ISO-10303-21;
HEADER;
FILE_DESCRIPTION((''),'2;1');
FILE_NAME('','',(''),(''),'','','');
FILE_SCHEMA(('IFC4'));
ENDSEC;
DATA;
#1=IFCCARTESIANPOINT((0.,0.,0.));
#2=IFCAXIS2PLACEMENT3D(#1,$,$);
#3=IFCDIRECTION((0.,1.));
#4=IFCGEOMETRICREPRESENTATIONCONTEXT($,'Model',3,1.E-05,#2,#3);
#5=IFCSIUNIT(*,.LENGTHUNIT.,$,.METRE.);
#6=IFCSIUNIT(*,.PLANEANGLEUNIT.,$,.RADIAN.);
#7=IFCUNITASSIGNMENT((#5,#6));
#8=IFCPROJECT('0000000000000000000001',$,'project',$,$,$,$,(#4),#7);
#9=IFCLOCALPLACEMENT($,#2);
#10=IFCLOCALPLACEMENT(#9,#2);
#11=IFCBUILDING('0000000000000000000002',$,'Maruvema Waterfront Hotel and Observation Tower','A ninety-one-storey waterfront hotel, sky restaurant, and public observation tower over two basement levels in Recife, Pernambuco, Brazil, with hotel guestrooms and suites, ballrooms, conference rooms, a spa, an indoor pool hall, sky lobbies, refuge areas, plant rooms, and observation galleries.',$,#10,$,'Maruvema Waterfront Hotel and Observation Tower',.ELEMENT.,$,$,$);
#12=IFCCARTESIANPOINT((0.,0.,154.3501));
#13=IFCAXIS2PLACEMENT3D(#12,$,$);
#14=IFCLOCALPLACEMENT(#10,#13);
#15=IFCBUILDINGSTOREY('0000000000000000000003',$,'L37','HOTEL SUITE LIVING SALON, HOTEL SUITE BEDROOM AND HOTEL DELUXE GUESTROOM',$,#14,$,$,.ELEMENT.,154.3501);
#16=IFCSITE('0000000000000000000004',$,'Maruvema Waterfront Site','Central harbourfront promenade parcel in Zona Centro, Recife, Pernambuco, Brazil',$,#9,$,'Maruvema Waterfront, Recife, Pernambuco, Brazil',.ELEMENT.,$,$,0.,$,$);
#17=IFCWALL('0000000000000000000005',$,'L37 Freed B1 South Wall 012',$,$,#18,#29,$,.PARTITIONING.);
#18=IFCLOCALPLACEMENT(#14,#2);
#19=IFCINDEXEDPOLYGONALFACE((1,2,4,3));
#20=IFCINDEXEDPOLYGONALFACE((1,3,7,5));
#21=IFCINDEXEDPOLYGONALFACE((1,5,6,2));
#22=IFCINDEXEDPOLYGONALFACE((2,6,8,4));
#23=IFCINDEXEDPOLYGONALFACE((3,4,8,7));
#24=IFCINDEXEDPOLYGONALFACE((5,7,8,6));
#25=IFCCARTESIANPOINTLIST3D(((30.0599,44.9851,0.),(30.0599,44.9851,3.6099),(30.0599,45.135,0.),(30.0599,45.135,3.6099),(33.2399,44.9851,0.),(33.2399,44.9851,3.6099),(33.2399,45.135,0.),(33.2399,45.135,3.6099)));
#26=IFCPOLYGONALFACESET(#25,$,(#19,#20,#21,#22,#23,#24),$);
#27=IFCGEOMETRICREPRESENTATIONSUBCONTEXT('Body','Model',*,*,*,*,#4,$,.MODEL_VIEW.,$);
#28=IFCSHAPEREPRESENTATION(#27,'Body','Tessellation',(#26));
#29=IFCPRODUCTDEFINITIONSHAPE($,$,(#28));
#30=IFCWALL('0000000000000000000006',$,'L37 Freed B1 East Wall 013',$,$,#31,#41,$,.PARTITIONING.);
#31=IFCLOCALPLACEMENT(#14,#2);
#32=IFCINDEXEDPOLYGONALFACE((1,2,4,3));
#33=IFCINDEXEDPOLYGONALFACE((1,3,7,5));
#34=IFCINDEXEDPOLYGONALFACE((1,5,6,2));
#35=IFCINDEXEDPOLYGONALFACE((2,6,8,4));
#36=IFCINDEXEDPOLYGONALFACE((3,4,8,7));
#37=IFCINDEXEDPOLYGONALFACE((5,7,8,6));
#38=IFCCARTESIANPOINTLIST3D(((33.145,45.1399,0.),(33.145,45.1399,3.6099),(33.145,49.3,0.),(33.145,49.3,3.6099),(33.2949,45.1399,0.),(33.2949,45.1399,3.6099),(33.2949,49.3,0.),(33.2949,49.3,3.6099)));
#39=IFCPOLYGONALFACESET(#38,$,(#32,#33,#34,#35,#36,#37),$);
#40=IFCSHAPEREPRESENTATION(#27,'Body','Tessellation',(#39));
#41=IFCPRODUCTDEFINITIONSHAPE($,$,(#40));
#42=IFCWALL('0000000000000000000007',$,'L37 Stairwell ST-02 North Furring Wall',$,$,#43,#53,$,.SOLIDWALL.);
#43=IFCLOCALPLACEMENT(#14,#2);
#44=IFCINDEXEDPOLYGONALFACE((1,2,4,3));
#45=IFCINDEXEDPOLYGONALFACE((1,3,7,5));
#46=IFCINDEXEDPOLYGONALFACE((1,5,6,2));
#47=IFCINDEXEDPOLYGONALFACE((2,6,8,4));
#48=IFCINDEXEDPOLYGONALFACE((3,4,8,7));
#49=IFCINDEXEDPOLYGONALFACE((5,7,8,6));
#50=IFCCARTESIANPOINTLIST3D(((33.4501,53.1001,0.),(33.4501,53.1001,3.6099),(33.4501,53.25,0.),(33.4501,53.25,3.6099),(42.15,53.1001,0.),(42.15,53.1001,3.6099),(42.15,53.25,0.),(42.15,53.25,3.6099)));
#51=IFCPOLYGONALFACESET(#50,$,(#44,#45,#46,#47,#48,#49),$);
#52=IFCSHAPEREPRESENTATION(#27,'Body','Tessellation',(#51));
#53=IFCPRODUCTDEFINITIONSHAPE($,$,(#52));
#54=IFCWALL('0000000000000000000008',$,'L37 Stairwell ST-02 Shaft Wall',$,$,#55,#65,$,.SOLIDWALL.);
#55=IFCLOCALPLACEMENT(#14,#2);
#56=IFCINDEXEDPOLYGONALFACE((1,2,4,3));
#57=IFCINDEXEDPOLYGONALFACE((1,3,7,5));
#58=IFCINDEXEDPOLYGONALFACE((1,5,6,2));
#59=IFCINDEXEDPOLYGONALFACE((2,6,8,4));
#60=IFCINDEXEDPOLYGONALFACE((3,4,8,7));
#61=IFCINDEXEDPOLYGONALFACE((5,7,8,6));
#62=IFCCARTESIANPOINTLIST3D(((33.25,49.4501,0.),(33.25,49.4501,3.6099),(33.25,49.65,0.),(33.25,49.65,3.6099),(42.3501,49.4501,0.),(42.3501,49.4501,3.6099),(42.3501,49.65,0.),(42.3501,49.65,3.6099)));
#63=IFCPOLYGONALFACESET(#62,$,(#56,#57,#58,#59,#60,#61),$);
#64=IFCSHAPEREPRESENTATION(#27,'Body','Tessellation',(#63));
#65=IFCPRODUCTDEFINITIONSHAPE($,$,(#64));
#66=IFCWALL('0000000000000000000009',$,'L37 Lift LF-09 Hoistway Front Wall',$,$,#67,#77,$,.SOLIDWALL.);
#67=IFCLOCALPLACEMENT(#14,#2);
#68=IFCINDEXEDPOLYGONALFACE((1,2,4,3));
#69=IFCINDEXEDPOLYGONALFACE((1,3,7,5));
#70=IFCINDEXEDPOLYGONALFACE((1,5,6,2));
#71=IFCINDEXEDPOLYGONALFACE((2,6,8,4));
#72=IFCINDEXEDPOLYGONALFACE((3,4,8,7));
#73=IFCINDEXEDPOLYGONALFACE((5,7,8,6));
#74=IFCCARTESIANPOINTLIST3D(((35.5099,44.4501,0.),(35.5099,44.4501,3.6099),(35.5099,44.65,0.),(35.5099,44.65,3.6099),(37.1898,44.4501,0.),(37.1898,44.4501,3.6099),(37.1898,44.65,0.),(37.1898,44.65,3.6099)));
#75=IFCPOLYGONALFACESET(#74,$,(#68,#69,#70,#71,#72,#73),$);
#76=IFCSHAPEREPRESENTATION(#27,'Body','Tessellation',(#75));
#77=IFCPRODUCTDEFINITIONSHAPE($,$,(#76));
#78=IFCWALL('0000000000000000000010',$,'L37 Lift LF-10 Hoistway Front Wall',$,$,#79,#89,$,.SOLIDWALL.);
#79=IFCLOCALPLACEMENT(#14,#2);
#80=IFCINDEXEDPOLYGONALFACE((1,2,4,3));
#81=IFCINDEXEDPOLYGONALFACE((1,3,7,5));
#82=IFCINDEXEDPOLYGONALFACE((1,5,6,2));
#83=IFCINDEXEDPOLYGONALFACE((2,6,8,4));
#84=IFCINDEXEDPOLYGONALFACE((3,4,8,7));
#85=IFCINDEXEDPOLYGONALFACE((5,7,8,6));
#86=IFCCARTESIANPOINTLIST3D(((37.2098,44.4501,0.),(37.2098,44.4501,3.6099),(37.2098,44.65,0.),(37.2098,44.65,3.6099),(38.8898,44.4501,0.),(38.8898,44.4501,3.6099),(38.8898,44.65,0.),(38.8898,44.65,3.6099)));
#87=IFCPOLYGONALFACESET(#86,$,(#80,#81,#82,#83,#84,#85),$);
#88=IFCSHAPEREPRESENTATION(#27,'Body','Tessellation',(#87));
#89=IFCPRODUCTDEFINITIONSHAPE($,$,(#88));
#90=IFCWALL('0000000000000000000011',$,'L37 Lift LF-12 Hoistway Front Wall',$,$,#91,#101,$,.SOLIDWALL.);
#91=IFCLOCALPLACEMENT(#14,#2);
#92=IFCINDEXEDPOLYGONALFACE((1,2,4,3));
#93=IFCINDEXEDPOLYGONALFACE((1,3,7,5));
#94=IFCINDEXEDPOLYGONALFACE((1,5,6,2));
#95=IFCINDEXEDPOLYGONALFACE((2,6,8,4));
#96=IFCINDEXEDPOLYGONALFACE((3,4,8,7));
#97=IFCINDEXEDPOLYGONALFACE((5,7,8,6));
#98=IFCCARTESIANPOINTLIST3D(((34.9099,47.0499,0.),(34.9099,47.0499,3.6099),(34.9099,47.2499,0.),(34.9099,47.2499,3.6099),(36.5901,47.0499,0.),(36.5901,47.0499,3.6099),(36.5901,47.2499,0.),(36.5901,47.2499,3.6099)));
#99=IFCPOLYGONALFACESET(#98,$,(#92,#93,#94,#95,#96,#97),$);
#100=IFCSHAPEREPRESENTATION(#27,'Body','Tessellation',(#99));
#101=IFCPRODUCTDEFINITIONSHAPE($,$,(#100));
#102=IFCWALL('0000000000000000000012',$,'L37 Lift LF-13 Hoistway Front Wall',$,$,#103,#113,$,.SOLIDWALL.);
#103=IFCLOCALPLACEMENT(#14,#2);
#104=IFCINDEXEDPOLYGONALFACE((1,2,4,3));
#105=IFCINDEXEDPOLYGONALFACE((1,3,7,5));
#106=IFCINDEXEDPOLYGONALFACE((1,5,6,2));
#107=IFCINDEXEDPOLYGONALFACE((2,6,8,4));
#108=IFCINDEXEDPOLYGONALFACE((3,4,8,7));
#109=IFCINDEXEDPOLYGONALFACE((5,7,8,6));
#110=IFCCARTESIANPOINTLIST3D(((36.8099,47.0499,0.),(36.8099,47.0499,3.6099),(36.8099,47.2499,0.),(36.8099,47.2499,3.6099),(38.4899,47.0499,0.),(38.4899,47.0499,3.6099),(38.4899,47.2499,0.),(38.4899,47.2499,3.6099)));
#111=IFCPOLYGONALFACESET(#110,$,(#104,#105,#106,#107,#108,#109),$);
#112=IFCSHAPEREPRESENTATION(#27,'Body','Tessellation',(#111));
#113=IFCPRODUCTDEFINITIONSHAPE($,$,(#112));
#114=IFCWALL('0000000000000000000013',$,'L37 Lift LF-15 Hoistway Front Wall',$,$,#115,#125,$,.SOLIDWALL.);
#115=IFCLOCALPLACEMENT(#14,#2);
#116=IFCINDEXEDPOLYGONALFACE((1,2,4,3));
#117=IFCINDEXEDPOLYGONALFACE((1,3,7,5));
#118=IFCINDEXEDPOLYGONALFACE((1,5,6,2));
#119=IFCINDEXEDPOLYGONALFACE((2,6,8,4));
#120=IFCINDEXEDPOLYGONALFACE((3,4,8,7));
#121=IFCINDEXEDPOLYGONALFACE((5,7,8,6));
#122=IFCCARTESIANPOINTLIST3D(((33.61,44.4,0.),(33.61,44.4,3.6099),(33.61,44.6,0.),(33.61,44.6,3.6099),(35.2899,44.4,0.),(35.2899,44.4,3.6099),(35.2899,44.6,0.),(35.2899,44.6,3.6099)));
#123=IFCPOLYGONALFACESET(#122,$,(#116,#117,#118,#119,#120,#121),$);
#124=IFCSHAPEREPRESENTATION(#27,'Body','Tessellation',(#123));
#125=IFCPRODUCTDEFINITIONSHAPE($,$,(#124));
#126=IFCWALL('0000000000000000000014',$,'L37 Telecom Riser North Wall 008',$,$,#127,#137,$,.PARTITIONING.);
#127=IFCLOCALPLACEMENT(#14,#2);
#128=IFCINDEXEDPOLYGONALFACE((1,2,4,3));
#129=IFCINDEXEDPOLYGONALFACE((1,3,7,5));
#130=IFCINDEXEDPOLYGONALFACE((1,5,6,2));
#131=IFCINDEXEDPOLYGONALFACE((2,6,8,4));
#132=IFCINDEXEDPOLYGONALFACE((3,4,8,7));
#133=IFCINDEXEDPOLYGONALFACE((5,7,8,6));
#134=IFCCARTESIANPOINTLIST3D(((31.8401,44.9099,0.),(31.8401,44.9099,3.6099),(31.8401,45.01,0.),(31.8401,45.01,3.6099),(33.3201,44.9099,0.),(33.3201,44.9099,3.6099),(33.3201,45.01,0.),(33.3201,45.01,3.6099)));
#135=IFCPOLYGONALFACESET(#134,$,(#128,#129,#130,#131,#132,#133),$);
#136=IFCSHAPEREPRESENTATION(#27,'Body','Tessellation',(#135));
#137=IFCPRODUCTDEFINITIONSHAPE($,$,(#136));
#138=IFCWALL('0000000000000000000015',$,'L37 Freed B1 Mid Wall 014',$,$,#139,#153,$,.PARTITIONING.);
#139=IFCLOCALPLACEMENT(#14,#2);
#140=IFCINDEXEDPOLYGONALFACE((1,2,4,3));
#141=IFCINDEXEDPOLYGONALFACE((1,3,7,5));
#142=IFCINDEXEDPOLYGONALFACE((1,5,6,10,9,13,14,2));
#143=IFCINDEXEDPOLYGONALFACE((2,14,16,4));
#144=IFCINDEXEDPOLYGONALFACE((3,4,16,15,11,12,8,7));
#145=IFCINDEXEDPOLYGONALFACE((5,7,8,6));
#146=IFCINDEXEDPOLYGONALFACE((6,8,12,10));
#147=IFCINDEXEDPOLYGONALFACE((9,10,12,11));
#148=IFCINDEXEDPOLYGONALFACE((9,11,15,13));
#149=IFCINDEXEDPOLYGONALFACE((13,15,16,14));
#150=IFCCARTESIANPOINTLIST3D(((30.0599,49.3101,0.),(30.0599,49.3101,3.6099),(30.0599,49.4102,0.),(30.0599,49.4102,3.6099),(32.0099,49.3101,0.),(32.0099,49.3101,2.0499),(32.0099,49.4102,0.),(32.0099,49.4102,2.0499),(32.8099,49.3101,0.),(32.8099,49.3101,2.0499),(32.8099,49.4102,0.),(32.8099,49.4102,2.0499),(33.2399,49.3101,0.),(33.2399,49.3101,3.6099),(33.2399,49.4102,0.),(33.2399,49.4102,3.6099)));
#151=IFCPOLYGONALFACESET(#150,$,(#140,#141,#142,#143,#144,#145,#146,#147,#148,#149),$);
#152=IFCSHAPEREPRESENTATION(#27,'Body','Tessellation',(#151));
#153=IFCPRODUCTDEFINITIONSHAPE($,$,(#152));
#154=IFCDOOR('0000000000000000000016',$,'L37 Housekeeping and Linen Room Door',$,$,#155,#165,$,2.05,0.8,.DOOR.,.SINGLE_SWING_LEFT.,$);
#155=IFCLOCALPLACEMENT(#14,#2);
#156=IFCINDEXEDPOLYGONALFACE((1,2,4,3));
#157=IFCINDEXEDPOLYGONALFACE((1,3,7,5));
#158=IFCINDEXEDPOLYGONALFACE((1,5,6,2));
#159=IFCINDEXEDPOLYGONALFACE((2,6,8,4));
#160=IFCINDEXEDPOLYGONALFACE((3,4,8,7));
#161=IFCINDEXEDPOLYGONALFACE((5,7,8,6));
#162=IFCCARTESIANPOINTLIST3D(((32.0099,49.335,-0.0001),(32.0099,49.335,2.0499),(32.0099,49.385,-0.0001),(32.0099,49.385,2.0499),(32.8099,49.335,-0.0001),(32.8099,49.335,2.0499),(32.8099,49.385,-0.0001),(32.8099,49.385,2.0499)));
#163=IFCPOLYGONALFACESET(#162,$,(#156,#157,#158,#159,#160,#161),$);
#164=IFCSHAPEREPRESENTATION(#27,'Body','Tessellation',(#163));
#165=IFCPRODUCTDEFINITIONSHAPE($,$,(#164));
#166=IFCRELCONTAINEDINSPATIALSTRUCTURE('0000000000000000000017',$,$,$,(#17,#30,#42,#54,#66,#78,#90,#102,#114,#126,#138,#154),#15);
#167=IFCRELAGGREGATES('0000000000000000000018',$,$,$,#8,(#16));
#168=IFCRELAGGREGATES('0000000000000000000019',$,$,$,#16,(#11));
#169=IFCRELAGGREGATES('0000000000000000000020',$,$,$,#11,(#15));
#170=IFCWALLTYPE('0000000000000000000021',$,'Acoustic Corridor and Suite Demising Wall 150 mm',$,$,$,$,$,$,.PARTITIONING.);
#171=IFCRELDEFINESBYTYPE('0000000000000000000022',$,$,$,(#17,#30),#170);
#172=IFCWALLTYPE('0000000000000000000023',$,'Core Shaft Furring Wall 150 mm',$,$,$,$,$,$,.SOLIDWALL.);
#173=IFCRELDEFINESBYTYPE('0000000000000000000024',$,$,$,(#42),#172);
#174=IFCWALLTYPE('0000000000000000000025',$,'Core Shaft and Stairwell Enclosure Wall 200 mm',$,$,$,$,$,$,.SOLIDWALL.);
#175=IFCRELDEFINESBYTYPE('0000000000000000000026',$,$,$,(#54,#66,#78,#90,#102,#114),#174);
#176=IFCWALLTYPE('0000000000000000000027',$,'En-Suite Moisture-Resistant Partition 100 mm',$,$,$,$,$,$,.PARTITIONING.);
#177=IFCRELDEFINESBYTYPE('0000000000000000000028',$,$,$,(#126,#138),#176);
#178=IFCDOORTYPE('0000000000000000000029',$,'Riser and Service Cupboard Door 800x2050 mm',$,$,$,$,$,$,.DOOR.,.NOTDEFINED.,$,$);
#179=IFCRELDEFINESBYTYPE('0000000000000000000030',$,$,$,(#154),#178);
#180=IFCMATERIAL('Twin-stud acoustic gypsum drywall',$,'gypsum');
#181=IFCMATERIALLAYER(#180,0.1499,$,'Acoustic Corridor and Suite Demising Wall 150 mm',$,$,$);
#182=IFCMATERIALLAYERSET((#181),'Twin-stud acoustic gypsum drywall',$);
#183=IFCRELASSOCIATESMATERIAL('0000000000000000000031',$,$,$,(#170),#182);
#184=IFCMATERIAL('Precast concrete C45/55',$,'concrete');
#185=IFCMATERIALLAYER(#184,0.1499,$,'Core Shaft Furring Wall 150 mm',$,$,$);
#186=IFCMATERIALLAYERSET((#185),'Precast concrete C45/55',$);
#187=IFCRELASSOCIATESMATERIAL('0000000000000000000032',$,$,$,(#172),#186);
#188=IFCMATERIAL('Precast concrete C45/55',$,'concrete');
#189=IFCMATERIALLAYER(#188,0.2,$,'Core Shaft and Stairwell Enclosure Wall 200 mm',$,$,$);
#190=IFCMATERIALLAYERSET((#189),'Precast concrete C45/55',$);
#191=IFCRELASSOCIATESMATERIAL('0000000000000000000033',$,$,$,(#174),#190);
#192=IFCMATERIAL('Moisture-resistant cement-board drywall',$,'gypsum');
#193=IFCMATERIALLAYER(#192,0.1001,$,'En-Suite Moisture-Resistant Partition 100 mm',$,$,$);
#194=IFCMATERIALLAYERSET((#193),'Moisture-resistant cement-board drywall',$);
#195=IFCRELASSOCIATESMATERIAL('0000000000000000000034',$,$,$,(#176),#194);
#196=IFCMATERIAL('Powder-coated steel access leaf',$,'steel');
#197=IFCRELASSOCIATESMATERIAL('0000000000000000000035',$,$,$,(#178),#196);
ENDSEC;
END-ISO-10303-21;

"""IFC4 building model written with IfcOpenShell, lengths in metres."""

from ifc_helpers import new_model, si_unit, direction, frame, frame_2d, origin, place, context, subcontext, project, spatial, rectangle, extrude, material, layer, layer_set, type_object, element, fill, save


model = new_model("IFC4")

# Units and contexts
model_context = context("Model", 3, precision=1e-05, world=origin(), true_north=direction((0.0, 1.0)))
body_context = subcontext(model_context, "Body", "Model", "MODEL_VIEW")
ifc_project = project(units=[si_unit("LENGTHUNIT", "METRE"), si_unit("PLANEANGLEUNIT", "RADIAN")], contexts=[model_context])

# Site, building, storey
site_placement = place(None, origin())
site = spatial("IfcSite", under=ifc_project, at=site_placement, Name="Maruvema Waterfront Site", Description="Central harbourfront promenade parcel in Zona Centro, Recife, Pernambuco, Brazil", LongName="Maruvema Waterfront, Recife, Pernambuco, Brazil", CompositionType="ELEMENT", RefElevation=0.0)
building_placement = place(site_placement, origin())
building = spatial("IfcBuilding", under=site, at=building_placement, Name="Maruvema Waterfront Hotel and Observation Tower", Description="A ninety-one-storey waterfront hotel, sky restaurant, and public observation tower over two basement levels in Recife, Pernambuco, Brazil, with hotel guestrooms and suites, ballrooms, conference rooms, a spa, an indoor pool hall, sky lobbies, refuge areas, plant rooms, and observation galleries.", LongName="Maruvema Waterfront Hotel and Observation Tower", CompositionType="ELEMENT")
storey_placement = place(building_placement, frame((0.0, 0.0, 154.3501)))
storey = spatial("IfcBuildingStorey", under=building, at=storey_placement, Name="L37", Description="HOTEL SUITE LIVING SALON, HOTEL SUITE BEDROOM AND HOTEL DELUXE GUESTROOM", CompositionType="ELEMENT", Elevation=154.3501)

# Walls
ifc_material_1 = material(Name="Twin-stud acoustic gypsum drywall", Category="gypsum")
ifc_layer_1 = layer(ifc_material_1, 0.1499, Name="Acoustic Corridor and Suite Demising Wall 150 mm")
ifc_layer_set_1 = layer_set([ifc_layer_1], Name="Twin-stud acoustic gypsum drywall")
wall_type_1 = type_object("IfcWallType", Name="Acoustic Corridor and Suite Demising Wall 150 mm", PredefinedType="PARTITIONING", material=ifc_layer_set_1)
wall_1_placement = place(storey_placement, frame((30.0601, 45.0601, 0.0), z_axis=(0.0, 0.0, 1.0), x_axis=(1.0, 0.0, 0.0)))
element("IfcWall", 1, at=wall_1_placement, inside=storey, type_object=wall_type_1, Name="L37 Freed B1 South Wall 012", PredefinedType="PARTITIONING", context=body_context, shape_type="SweptSolid", body=[
    extrude(rectangle(XDim=3.1799, YDim=0.1499, at=frame_2d((1.5898, 0.0))), origin(), (0.0, 0.0, 1.0), 3.6099),
])
wall_2_placement = place(storey_placement, frame((33.22, 45.1399, 0.0), z_axis=(0.0, 0.0, 1.0), x_axis=(0.0, 1.0, 0.0)))
element("IfcWall", 2, at=wall_2_placement, inside=storey, type_object=wall_type_1, Name="L37 Freed B1 East Wall 013", PredefinedType="PARTITIONING", context=body_context, shape_type="SweptSolid", body=[
    extrude(rectangle(XDim=4.1602, YDim=0.1499, at=frame_2d((2.0801, 0.0))), origin(), (0.0, 0.0, 1.0), 3.6099),
])
ifc_material_2 = material(Name="Precast concrete C45/55", Category="concrete")
ifc_layer_2 = layer(ifc_material_2, 0.1499, Name="Core Shaft Furring Wall 150 mm")
ifc_layer_set_2 = layer_set([ifc_layer_2], Name="Precast concrete C45/55")
wall_type_2 = type_object("IfcWallType", Name="Core Shaft Furring Wall 150 mm", PredefinedType="SOLIDWALL", material=ifc_layer_set_2)
wall_3_placement = place(storey_placement, frame((33.45, 53.175, 0.0), z_axis=(0.0, 0.0, 1.0), x_axis=(1.0, 0.0, 0.0)))
element("IfcWall", 3, at=wall_3_placement, inside=storey, type_object=wall_type_2, Name="L37 Stairwell ST-02 North Furring Wall", PredefinedType="SOLIDWALL", context=body_context, shape_type="SweptSolid", body=[
    extrude(rectangle(XDim=8.7, YDim=0.1499, at=frame_2d((4.3501, 0.0))), origin(), (0.0, 0.0, 1.0), 3.6099),
])
ifc_material_3 = material(Name="Precast concrete C45/55", Category="concrete")
ifc_layer_3 = layer(ifc_material_3, 0.2, Name="Core Shaft and Stairwell Enclosure Wall 200 mm")
ifc_layer_set_3 = layer_set([ifc_layer_3], Name="Precast concrete C45/55")
wall_type_3 = type_object("IfcWallType", Name="Core Shaft and Stairwell Enclosure Wall 200 mm", PredefinedType="SOLIDWALL", material=ifc_layer_set_3)
wall_4_placement = place(storey_placement, frame((33.25, 49.55, 0.0), z_axis=(0.0, 0.0, 1.0), x_axis=(1.0, 0.0, 0.0)))
element("IfcWall", 4, at=wall_4_placement, inside=storey, type_object=wall_type_3, Name="L37 Stairwell ST-02 Shaft Wall", PredefinedType="SOLIDWALL", context=body_context, shape_type="SweptSolid", body=[
    extrude(rectangle(XDim=9.1001, YDim=0.2, at=frame_2d((4.55, 0.0))), origin(), (0.0, 0.0, 1.0), 3.6099),
])

# Walls
for number, where, z_axis, x_axis, name in (
    (5, (35.51, 44.55, 0.0), (0.0, 0.0, 1.0), (1.0, 0.0, 0.0), "L37 Lift LF-09 Hoistway Front Wall"),
    (6, (37.21, 44.55, 0.0), (0.0, 0.0, 1.0), (1.0, 0.0, 0.0), "L37 Lift LF-10 Hoistway Front Wall"),
):
    element("IfcWall", number, at=place(storey_placement, frame(where, z_axis=z_axis, x_axis=x_axis)), inside=storey, type_object=wall_type_3, Name=name, PredefinedType="SOLIDWALL", context=body_context, shape_type="SweptSolid", body=[
        extrude(rectangle(XDim=1.6799, YDim=0.2, at=frame_2d((0.8398, 0.0))), origin(), (0.0, 0.0, 1.0), 3.6099),
    ])
wall_5_placement = place(storey_placement, frame((34.9099, 47.1499, 0.0), z_axis=(0.0, 0.0, 1.0), x_axis=(1.0, 0.0, 0.0)))
element("IfcWall", 7, at=wall_5_placement, inside=storey, type_object=wall_type_3, Name="L37 Lift LF-12 Hoistway Front Wall", PredefinedType="SOLIDWALL", context=body_context, shape_type="SweptSolid", body=[
    extrude(rectangle(XDim=1.6802, YDim=0.2, at=frame_2d((0.8401, 0.0))), origin(), (0.0, 0.0, 1.0), 3.6099),
])
for number, where, z_axis, x_axis, name in (
    (8, (36.8101, 47.1499, 0.0), (0.0, 0.0, 1.0), (1.0, 0.0, 0.0), "L37 Lift LF-13 Hoistway Front Wall"),
    (9, (33.6101, 44.5, 0.0), (0.0, 0.0, 1.0), (1.0, 0.0, 0.0), "L37 Lift LF-15 Hoistway Front Wall"),
):
    element("IfcWall", number, at=place(storey_placement, frame(where, z_axis=z_axis, x_axis=x_axis)), inside=storey, type_object=wall_type_3, Name=name, PredefinedType="SOLIDWALL", context=body_context, shape_type="SweptSolid", body=[
        extrude(rectangle(XDim=1.6799, YDim=0.2, at=frame_2d((0.8398, 0.0))), origin(), (0.0, 0.0, 1.0), 3.6099),
    ])
ifc_material_4 = material(Name="Moisture-resistant cement-board drywall", Category="gypsum")
ifc_layer_4 = layer(ifc_material_4, 0.1001, Name="En-Suite Moisture-Resistant Partition 100 mm")
ifc_layer_set_4 = layer_set([ifc_layer_4], Name="Moisture-resistant cement-board drywall")
wall_type_4 = type_object("IfcWallType", Name="En-Suite Moisture-Resistant Partition 100 mm", PredefinedType="PARTITIONING", material=ifc_layer_set_4)
wall_6_placement = place(storey_placement, frame((31.8401, 44.96, 0.0), z_axis=(0.0, 0.0, 1.0), x_axis=(1.0, 0.0, 0.0)))
element("IfcWall", 10, at=wall_6_placement, inside=storey, type_object=wall_type_4, Name="L37 Telecom Riser North Wall 008", PredefinedType="PARTITIONING", context=body_context, shape_type="SweptSolid", body=[
    extrude(rectangle(XDim=1.48, YDim=0.1001, at=frame_2d((0.74, 0.0))), origin(), (0.0, 0.0, 1.0), 3.6099),
])

# Wall, opening, door
wall_7_placement = place(storey_placement, frame((30.0601, 49.3601, 0.0), z_axis=(0.0, 0.0, 1.0), x_axis=(1.0, 0.0, 0.0)))
wall_7 = element("IfcWall", 11, at=wall_7_placement, inside=storey, type_object=wall_type_4, Name="L37 Freed B1 Mid Wall 014", PredefinedType="PARTITIONING", context=body_context, shape_type="SweptSolid", body=[
    extrude(rectangle(XDim=3.1799, YDim=0.1001, at=frame_2d((1.5898, 0.0))), origin(), (0.0, 0.0, 1.0), 3.6099),
])
opening_1_placement = place(wall_7_placement, frame((1.95, 0.0, 0.0)))
opening_1 = element("IfcOpeningElement", 12, at=opening_1_placement, cuts=wall_7, PredefinedType="OPENING", context=body_context, shape_type="SweptSolid", body=[
    extrude(rectangle(XDim=0.8, YDim=2.05, at=frame_2d((0.3999, 1.0249))), frame((0.0, 0.0601, 0.0), z_axis=(0.0, -1.0, 0.0), x_axis=(1.0, 0.0, 0.0)), (0.0, 0.0, 1.0), 0.1201),
])
ifc_material_5 = material(Name="Powder-coated steel access leaf", Category="steel")
door_type_1 = type_object("IfcDoorType", Name="Riser and Service Cupboard Door 800x2050 mm", OperationType="NOTDEFINED", PredefinedType="DOOR", material=ifc_material_5)
door_1_placement = place(opening_1_placement, origin())
door_1 = element("IfcDoor", 13, at=door_1_placement, inside=storey, type_object=door_type_1, Name="L37 Housekeeping and Linen Room Door", OperationType="SINGLE_SWING_LEFT", OverallHeight=2.05, OverallWidth=0.8, PredefinedType="DOOR", context=body_context, shape_type="SweptSolid", body=[
    extrude(rectangle(XDim=0.8, YDim=2.05, at=frame_2d((0.3999, 1.0249))), frame((0.0, 0.0249, 0.0), z_axis=(0.0, -1.0, 0.0), x_axis=(1.0, 0.0, 0.0)), (0.0, 0.0, 1.0), 0.05),
])
fill(opening_1, door_1)

save(model, "model.ifc")
